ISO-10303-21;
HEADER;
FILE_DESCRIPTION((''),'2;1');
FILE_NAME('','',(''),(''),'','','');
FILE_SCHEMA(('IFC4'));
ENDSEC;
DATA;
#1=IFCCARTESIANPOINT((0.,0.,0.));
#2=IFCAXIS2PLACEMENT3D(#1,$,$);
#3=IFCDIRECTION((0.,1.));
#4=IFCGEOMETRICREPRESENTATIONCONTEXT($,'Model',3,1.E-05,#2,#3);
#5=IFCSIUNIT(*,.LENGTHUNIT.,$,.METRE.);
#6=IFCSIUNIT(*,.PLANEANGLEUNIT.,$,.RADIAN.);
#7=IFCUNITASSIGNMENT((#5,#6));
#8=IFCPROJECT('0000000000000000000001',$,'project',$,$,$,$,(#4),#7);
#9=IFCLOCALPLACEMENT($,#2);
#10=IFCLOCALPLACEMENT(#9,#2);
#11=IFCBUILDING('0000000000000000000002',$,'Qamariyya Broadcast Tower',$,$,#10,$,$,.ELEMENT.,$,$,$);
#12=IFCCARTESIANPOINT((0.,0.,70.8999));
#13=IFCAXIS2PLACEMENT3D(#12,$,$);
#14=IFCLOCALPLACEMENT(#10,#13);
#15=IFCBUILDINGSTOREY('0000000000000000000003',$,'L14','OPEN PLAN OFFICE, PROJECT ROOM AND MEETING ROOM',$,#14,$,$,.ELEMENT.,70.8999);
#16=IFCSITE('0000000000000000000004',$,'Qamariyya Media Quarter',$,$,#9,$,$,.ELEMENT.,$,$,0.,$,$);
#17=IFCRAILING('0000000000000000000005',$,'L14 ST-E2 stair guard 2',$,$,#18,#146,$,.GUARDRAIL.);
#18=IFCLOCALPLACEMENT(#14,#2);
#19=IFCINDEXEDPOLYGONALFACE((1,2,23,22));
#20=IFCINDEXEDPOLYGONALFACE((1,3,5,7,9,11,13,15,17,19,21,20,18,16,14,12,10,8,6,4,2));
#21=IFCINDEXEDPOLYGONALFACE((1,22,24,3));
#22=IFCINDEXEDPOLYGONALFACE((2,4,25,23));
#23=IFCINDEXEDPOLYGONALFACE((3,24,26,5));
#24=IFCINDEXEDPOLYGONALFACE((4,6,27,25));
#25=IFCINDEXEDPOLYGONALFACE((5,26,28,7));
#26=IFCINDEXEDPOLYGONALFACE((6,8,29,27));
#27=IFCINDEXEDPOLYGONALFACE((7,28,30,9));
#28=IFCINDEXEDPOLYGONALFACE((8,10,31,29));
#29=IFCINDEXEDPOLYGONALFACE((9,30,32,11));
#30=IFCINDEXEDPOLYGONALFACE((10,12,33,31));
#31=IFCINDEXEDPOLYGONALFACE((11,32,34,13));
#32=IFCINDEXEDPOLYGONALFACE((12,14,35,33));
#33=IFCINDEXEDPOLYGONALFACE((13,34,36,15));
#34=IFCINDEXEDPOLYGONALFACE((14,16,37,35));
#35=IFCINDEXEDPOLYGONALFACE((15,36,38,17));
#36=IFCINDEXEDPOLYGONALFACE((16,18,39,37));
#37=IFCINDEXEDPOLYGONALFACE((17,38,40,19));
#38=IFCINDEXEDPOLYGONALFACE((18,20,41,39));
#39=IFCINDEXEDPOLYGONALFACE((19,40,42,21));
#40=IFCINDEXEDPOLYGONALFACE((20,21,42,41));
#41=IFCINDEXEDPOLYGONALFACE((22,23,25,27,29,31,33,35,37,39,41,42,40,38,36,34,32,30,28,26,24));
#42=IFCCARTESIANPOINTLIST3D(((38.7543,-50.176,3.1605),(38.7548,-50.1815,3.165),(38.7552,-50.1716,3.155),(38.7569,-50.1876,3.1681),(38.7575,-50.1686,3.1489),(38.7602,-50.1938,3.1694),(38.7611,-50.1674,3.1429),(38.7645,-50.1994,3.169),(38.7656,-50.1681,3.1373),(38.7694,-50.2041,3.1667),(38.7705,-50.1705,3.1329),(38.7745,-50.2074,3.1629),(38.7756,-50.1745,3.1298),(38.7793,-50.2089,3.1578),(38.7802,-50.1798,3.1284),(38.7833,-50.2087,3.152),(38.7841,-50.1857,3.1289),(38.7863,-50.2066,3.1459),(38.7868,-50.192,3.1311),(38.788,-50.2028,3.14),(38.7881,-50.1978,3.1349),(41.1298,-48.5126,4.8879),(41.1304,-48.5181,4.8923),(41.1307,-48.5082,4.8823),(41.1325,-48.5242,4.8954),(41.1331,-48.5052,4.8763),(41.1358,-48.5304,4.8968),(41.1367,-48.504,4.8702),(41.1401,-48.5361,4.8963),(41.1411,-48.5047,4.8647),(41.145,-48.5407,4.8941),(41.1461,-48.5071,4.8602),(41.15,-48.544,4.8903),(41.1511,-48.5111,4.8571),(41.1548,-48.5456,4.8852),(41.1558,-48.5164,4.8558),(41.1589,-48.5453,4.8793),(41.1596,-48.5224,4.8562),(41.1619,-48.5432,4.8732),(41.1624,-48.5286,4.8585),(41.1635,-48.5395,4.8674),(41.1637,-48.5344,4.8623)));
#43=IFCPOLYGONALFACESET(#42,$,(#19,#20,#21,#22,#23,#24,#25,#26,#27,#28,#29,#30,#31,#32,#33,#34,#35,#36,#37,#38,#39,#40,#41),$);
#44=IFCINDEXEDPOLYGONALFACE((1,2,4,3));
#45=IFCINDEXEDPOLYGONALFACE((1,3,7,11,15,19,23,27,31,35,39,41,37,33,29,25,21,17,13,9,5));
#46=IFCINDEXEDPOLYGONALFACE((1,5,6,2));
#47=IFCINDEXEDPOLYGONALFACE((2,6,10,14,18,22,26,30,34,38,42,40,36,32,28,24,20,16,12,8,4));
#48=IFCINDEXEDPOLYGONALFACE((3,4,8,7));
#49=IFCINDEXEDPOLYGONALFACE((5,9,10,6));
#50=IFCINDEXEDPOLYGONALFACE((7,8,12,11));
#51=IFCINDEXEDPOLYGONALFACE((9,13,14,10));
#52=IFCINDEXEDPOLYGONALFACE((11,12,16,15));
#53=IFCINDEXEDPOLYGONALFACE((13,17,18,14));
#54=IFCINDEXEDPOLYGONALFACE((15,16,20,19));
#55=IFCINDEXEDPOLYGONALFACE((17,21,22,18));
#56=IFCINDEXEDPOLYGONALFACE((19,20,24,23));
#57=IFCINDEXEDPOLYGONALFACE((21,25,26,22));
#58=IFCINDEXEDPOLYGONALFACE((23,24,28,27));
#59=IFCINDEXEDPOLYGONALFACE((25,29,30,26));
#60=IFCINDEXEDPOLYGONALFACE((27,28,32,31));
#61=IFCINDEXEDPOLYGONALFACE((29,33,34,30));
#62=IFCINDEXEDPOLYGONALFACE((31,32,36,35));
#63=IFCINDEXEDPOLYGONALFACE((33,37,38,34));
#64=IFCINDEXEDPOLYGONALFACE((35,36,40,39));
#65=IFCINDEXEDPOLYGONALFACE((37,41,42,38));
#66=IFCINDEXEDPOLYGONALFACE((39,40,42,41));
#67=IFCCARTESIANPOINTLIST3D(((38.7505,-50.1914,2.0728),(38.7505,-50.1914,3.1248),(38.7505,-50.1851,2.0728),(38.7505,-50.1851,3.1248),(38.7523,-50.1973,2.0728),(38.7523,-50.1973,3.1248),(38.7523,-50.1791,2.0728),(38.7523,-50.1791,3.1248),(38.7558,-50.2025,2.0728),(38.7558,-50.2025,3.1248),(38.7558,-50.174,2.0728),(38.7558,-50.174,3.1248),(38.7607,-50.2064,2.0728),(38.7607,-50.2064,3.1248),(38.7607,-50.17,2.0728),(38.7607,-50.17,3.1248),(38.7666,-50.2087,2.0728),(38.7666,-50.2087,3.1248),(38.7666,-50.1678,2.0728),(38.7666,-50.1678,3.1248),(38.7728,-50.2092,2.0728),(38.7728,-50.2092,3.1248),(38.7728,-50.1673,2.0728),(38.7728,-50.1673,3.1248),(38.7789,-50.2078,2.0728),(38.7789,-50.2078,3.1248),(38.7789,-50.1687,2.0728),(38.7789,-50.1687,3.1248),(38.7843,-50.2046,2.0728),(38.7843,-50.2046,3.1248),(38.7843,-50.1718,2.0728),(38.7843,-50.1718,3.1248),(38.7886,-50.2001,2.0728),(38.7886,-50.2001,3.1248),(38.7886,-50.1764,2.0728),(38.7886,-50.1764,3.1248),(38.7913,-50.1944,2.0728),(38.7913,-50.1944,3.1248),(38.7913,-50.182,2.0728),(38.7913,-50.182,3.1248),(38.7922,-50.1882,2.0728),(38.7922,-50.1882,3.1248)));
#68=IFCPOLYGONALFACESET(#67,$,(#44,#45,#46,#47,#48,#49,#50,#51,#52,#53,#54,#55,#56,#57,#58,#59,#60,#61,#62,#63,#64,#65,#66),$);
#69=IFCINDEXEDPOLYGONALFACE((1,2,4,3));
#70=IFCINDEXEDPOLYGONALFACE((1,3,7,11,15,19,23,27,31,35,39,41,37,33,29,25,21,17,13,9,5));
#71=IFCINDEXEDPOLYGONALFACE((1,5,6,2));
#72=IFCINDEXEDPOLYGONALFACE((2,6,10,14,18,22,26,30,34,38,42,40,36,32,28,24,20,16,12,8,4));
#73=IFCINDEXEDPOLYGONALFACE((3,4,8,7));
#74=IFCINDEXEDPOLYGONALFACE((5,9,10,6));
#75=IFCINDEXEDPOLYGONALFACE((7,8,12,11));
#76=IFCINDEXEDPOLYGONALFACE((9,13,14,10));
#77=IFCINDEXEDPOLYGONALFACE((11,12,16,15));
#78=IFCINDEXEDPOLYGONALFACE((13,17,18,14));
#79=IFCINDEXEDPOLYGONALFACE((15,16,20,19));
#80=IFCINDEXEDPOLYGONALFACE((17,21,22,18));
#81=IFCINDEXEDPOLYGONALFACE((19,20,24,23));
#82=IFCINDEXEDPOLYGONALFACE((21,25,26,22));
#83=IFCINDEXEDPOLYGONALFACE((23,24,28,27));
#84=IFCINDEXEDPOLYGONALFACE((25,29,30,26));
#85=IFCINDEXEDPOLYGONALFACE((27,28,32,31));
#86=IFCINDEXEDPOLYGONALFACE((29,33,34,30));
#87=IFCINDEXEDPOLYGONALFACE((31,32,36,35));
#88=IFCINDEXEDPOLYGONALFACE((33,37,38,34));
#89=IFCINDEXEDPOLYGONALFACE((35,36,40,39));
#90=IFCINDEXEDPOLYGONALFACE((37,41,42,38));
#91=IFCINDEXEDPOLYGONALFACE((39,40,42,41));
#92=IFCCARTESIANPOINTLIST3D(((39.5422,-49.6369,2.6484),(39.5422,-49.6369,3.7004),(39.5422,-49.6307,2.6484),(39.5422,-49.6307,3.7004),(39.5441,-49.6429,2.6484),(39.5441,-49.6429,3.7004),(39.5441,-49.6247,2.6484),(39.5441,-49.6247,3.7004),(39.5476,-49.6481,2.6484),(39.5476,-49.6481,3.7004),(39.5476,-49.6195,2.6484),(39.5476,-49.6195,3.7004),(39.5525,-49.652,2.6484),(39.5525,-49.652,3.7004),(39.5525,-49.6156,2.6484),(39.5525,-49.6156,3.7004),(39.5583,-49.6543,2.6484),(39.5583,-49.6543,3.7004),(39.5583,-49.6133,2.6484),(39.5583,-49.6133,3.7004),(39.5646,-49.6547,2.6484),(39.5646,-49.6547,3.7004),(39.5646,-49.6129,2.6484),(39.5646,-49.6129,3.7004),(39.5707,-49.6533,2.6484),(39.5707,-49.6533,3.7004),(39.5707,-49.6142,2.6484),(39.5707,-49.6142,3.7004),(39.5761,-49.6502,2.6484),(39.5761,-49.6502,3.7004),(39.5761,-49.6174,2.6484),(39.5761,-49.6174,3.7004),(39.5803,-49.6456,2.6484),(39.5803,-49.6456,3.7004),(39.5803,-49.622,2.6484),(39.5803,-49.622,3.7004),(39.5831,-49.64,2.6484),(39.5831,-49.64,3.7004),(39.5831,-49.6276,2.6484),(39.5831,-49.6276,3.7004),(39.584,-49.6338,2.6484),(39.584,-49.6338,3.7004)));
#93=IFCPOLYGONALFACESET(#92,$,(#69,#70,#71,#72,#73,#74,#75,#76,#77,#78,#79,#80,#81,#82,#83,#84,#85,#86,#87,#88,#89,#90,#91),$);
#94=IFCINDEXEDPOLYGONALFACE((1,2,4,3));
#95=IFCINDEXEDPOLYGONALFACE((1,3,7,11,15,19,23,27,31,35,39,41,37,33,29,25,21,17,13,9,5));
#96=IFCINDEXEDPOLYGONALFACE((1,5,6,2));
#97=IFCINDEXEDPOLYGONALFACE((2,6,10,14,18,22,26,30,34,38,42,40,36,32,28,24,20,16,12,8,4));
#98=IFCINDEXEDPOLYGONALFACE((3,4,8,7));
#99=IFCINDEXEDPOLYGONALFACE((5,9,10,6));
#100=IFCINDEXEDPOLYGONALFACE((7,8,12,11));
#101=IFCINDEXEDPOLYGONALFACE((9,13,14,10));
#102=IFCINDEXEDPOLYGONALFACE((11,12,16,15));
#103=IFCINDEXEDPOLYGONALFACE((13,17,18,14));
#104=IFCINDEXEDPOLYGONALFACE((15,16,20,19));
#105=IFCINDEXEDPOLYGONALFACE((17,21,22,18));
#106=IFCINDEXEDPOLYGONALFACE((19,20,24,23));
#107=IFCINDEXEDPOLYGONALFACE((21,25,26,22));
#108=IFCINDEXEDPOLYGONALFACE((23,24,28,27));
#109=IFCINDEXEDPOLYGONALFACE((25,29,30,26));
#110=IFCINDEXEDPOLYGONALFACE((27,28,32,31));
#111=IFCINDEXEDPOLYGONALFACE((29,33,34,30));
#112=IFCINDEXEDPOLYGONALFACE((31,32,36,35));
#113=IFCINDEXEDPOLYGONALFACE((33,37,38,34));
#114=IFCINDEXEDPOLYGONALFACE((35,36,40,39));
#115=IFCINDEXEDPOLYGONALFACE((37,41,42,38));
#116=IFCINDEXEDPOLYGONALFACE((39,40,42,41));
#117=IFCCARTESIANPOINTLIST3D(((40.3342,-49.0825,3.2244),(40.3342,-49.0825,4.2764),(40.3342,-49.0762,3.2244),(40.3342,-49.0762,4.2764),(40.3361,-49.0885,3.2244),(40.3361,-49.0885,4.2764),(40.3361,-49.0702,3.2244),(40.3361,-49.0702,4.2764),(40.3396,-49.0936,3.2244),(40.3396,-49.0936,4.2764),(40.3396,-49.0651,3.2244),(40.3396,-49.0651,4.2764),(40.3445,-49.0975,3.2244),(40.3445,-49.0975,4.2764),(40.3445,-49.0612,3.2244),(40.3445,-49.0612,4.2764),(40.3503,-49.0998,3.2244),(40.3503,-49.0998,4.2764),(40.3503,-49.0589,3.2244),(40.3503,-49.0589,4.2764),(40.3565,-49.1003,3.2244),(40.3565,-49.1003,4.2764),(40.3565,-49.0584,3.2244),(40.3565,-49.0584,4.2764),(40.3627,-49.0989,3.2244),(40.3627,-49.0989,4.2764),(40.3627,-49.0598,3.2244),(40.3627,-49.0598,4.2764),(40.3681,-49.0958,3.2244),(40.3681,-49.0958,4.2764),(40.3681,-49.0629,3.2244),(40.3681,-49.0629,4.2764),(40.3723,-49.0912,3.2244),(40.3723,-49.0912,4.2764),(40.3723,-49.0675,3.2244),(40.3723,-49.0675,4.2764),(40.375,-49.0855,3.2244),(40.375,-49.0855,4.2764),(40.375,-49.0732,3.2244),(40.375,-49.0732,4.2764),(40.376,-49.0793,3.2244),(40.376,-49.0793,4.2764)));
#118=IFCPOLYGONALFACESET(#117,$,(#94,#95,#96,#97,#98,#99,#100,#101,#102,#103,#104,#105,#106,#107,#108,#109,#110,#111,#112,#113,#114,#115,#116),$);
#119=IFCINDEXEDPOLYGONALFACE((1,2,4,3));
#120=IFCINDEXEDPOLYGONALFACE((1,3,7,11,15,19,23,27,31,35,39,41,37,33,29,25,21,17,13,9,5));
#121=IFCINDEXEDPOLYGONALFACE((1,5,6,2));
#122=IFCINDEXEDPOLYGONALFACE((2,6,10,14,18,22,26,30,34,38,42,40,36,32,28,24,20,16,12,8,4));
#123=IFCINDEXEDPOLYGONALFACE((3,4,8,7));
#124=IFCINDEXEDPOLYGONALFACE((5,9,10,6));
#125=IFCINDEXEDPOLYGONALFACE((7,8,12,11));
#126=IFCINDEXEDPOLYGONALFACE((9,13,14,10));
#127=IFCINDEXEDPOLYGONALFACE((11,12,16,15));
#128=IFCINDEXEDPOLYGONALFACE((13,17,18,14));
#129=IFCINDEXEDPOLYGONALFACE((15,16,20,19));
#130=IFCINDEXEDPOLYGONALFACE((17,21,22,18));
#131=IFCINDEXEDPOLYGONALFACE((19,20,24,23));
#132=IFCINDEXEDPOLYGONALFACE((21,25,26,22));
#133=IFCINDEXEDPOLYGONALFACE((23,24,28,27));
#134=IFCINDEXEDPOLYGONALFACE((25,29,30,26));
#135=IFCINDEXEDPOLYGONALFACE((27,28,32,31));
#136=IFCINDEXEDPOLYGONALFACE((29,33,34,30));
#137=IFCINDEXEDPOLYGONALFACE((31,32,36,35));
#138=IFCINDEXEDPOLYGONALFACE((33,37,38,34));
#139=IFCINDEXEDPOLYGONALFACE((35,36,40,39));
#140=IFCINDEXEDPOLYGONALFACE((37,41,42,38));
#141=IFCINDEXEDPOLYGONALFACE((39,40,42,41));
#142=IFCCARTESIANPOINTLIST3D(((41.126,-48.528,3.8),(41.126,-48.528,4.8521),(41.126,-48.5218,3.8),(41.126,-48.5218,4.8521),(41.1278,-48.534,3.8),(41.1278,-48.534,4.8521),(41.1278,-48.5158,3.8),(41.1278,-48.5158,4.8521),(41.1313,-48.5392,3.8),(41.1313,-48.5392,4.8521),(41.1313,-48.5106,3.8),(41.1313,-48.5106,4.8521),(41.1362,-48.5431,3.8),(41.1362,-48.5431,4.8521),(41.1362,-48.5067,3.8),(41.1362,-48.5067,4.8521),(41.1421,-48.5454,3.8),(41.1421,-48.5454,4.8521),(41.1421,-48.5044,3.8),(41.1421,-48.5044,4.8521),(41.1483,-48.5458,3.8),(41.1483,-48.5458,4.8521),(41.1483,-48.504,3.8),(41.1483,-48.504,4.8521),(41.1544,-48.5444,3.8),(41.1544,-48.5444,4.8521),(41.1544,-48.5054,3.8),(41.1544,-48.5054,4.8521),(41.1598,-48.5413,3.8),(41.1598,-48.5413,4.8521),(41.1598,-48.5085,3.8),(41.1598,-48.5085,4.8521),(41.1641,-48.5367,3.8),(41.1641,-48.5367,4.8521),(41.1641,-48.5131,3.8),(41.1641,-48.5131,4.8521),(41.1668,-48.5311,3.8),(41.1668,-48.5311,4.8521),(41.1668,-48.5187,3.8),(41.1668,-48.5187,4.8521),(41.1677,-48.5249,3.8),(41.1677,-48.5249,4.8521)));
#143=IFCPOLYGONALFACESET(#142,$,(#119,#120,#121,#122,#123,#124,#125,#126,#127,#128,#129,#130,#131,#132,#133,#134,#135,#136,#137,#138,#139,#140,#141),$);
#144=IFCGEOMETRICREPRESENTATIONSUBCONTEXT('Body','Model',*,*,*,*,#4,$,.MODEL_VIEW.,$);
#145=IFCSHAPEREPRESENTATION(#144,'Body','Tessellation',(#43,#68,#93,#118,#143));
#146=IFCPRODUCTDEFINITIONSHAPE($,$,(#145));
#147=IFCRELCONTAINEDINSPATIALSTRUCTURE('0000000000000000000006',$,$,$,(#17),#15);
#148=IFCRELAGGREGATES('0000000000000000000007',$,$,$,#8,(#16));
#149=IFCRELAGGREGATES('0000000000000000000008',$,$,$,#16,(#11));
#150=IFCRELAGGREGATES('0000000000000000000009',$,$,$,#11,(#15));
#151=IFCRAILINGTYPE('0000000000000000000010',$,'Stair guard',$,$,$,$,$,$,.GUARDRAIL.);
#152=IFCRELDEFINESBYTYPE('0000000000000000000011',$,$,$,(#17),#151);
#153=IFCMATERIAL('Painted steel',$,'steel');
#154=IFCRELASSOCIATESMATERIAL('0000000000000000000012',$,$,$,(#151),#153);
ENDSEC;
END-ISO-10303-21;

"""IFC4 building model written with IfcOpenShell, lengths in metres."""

from ifc_helpers import new_model, si_unit, direction, frame, origin, origin_2d, place, context, subcontext, project, spatial, circle, extrude, material, type_object, element, save


model = new_model("IFC4")

# Units and contexts
model_context = context("Model", 3, precision=1e-05, world=origin(), true_north=direction((0.0, 1.0)))
body_context = subcontext(model_context, "Body", "Model", "MODEL_VIEW")
ifc_project = project(units=[si_unit("LENGTHUNIT", "METRE"), si_unit("PLANEANGLEUNIT", "RADIAN")], contexts=[model_context])

# Site, building, storey
site_placement = place(None, origin())
site = spatial("IfcSite", under=ifc_project, at=site_placement, Name="Qamariyya Media Quarter", CompositionType="ELEMENT", RefElevation=0.0)
building_placement = place(site_placement, origin())
building = spatial("IfcBuilding", under=site, at=building_placement, Name="Qamariyya Broadcast Tower", CompositionType="ELEMENT")
storey_placement = place(building_placement, frame((0.0, 0.0, 70.8999)))
storey = spatial("IfcBuildingStorey", under=building, at=storey_placement, Name="L14", Description="OPEN PLAN OFFICE, PROJECT ROOM AND MEETING ROOM", CompositionType="ELEMENT", Elevation=70.8999)

# Railing
ifc_material_1 = material(Name="Painted steel", Category="steel")
railing_type_1 = type_object("IfcRailingType", Name="Stair guard", PredefinedType="GUARDRAIL", material=ifc_material_1)
railing_1_placement = place(storey_placement, frame((38.7712, -50.1882, 2.0728)))
element("IfcRailing", 1, at=railing_1_placement, inside=storey, type_object=railing_type_1, Name="L14 ST-E2 stair guard 2", PredefinedType="GUARDRAIL", context=body_context, shape_type="SweptSolid", body=[
    extrude(circle(Radius=0.0239, at=origin_2d()), frame((0.0, 0.0, 1.0762), z_axis=(0.70377, 0.492784, 0.511734), x_axis=(-0.573575, 0.819153, 0.0)), (0.0, 0.0, 1.0), 3.3755),
    extrude(circle(Radius=0.021, at=origin_2d()), origin(), (0.0, 0.0, 1.0), 1.052),
    extrude(circle(Radius=0.021, at=origin_2d()), frame((0.7917, 0.5544, 0.5757)), (0.0, 0.0, 1.0), 1.052),
    extrude(circle(Radius=0.021, at=origin_2d()), frame((1.5837, 1.1089, 1.1516)), (0.0, 0.0, 1.0), 1.052),
    extrude(circle(Radius=0.021, at=origin_2d()), frame((2.3755, 1.6633, 1.7273)), (0.0, 0.0, 1.0), 1.052),
])

save(model, "model.ifc")
